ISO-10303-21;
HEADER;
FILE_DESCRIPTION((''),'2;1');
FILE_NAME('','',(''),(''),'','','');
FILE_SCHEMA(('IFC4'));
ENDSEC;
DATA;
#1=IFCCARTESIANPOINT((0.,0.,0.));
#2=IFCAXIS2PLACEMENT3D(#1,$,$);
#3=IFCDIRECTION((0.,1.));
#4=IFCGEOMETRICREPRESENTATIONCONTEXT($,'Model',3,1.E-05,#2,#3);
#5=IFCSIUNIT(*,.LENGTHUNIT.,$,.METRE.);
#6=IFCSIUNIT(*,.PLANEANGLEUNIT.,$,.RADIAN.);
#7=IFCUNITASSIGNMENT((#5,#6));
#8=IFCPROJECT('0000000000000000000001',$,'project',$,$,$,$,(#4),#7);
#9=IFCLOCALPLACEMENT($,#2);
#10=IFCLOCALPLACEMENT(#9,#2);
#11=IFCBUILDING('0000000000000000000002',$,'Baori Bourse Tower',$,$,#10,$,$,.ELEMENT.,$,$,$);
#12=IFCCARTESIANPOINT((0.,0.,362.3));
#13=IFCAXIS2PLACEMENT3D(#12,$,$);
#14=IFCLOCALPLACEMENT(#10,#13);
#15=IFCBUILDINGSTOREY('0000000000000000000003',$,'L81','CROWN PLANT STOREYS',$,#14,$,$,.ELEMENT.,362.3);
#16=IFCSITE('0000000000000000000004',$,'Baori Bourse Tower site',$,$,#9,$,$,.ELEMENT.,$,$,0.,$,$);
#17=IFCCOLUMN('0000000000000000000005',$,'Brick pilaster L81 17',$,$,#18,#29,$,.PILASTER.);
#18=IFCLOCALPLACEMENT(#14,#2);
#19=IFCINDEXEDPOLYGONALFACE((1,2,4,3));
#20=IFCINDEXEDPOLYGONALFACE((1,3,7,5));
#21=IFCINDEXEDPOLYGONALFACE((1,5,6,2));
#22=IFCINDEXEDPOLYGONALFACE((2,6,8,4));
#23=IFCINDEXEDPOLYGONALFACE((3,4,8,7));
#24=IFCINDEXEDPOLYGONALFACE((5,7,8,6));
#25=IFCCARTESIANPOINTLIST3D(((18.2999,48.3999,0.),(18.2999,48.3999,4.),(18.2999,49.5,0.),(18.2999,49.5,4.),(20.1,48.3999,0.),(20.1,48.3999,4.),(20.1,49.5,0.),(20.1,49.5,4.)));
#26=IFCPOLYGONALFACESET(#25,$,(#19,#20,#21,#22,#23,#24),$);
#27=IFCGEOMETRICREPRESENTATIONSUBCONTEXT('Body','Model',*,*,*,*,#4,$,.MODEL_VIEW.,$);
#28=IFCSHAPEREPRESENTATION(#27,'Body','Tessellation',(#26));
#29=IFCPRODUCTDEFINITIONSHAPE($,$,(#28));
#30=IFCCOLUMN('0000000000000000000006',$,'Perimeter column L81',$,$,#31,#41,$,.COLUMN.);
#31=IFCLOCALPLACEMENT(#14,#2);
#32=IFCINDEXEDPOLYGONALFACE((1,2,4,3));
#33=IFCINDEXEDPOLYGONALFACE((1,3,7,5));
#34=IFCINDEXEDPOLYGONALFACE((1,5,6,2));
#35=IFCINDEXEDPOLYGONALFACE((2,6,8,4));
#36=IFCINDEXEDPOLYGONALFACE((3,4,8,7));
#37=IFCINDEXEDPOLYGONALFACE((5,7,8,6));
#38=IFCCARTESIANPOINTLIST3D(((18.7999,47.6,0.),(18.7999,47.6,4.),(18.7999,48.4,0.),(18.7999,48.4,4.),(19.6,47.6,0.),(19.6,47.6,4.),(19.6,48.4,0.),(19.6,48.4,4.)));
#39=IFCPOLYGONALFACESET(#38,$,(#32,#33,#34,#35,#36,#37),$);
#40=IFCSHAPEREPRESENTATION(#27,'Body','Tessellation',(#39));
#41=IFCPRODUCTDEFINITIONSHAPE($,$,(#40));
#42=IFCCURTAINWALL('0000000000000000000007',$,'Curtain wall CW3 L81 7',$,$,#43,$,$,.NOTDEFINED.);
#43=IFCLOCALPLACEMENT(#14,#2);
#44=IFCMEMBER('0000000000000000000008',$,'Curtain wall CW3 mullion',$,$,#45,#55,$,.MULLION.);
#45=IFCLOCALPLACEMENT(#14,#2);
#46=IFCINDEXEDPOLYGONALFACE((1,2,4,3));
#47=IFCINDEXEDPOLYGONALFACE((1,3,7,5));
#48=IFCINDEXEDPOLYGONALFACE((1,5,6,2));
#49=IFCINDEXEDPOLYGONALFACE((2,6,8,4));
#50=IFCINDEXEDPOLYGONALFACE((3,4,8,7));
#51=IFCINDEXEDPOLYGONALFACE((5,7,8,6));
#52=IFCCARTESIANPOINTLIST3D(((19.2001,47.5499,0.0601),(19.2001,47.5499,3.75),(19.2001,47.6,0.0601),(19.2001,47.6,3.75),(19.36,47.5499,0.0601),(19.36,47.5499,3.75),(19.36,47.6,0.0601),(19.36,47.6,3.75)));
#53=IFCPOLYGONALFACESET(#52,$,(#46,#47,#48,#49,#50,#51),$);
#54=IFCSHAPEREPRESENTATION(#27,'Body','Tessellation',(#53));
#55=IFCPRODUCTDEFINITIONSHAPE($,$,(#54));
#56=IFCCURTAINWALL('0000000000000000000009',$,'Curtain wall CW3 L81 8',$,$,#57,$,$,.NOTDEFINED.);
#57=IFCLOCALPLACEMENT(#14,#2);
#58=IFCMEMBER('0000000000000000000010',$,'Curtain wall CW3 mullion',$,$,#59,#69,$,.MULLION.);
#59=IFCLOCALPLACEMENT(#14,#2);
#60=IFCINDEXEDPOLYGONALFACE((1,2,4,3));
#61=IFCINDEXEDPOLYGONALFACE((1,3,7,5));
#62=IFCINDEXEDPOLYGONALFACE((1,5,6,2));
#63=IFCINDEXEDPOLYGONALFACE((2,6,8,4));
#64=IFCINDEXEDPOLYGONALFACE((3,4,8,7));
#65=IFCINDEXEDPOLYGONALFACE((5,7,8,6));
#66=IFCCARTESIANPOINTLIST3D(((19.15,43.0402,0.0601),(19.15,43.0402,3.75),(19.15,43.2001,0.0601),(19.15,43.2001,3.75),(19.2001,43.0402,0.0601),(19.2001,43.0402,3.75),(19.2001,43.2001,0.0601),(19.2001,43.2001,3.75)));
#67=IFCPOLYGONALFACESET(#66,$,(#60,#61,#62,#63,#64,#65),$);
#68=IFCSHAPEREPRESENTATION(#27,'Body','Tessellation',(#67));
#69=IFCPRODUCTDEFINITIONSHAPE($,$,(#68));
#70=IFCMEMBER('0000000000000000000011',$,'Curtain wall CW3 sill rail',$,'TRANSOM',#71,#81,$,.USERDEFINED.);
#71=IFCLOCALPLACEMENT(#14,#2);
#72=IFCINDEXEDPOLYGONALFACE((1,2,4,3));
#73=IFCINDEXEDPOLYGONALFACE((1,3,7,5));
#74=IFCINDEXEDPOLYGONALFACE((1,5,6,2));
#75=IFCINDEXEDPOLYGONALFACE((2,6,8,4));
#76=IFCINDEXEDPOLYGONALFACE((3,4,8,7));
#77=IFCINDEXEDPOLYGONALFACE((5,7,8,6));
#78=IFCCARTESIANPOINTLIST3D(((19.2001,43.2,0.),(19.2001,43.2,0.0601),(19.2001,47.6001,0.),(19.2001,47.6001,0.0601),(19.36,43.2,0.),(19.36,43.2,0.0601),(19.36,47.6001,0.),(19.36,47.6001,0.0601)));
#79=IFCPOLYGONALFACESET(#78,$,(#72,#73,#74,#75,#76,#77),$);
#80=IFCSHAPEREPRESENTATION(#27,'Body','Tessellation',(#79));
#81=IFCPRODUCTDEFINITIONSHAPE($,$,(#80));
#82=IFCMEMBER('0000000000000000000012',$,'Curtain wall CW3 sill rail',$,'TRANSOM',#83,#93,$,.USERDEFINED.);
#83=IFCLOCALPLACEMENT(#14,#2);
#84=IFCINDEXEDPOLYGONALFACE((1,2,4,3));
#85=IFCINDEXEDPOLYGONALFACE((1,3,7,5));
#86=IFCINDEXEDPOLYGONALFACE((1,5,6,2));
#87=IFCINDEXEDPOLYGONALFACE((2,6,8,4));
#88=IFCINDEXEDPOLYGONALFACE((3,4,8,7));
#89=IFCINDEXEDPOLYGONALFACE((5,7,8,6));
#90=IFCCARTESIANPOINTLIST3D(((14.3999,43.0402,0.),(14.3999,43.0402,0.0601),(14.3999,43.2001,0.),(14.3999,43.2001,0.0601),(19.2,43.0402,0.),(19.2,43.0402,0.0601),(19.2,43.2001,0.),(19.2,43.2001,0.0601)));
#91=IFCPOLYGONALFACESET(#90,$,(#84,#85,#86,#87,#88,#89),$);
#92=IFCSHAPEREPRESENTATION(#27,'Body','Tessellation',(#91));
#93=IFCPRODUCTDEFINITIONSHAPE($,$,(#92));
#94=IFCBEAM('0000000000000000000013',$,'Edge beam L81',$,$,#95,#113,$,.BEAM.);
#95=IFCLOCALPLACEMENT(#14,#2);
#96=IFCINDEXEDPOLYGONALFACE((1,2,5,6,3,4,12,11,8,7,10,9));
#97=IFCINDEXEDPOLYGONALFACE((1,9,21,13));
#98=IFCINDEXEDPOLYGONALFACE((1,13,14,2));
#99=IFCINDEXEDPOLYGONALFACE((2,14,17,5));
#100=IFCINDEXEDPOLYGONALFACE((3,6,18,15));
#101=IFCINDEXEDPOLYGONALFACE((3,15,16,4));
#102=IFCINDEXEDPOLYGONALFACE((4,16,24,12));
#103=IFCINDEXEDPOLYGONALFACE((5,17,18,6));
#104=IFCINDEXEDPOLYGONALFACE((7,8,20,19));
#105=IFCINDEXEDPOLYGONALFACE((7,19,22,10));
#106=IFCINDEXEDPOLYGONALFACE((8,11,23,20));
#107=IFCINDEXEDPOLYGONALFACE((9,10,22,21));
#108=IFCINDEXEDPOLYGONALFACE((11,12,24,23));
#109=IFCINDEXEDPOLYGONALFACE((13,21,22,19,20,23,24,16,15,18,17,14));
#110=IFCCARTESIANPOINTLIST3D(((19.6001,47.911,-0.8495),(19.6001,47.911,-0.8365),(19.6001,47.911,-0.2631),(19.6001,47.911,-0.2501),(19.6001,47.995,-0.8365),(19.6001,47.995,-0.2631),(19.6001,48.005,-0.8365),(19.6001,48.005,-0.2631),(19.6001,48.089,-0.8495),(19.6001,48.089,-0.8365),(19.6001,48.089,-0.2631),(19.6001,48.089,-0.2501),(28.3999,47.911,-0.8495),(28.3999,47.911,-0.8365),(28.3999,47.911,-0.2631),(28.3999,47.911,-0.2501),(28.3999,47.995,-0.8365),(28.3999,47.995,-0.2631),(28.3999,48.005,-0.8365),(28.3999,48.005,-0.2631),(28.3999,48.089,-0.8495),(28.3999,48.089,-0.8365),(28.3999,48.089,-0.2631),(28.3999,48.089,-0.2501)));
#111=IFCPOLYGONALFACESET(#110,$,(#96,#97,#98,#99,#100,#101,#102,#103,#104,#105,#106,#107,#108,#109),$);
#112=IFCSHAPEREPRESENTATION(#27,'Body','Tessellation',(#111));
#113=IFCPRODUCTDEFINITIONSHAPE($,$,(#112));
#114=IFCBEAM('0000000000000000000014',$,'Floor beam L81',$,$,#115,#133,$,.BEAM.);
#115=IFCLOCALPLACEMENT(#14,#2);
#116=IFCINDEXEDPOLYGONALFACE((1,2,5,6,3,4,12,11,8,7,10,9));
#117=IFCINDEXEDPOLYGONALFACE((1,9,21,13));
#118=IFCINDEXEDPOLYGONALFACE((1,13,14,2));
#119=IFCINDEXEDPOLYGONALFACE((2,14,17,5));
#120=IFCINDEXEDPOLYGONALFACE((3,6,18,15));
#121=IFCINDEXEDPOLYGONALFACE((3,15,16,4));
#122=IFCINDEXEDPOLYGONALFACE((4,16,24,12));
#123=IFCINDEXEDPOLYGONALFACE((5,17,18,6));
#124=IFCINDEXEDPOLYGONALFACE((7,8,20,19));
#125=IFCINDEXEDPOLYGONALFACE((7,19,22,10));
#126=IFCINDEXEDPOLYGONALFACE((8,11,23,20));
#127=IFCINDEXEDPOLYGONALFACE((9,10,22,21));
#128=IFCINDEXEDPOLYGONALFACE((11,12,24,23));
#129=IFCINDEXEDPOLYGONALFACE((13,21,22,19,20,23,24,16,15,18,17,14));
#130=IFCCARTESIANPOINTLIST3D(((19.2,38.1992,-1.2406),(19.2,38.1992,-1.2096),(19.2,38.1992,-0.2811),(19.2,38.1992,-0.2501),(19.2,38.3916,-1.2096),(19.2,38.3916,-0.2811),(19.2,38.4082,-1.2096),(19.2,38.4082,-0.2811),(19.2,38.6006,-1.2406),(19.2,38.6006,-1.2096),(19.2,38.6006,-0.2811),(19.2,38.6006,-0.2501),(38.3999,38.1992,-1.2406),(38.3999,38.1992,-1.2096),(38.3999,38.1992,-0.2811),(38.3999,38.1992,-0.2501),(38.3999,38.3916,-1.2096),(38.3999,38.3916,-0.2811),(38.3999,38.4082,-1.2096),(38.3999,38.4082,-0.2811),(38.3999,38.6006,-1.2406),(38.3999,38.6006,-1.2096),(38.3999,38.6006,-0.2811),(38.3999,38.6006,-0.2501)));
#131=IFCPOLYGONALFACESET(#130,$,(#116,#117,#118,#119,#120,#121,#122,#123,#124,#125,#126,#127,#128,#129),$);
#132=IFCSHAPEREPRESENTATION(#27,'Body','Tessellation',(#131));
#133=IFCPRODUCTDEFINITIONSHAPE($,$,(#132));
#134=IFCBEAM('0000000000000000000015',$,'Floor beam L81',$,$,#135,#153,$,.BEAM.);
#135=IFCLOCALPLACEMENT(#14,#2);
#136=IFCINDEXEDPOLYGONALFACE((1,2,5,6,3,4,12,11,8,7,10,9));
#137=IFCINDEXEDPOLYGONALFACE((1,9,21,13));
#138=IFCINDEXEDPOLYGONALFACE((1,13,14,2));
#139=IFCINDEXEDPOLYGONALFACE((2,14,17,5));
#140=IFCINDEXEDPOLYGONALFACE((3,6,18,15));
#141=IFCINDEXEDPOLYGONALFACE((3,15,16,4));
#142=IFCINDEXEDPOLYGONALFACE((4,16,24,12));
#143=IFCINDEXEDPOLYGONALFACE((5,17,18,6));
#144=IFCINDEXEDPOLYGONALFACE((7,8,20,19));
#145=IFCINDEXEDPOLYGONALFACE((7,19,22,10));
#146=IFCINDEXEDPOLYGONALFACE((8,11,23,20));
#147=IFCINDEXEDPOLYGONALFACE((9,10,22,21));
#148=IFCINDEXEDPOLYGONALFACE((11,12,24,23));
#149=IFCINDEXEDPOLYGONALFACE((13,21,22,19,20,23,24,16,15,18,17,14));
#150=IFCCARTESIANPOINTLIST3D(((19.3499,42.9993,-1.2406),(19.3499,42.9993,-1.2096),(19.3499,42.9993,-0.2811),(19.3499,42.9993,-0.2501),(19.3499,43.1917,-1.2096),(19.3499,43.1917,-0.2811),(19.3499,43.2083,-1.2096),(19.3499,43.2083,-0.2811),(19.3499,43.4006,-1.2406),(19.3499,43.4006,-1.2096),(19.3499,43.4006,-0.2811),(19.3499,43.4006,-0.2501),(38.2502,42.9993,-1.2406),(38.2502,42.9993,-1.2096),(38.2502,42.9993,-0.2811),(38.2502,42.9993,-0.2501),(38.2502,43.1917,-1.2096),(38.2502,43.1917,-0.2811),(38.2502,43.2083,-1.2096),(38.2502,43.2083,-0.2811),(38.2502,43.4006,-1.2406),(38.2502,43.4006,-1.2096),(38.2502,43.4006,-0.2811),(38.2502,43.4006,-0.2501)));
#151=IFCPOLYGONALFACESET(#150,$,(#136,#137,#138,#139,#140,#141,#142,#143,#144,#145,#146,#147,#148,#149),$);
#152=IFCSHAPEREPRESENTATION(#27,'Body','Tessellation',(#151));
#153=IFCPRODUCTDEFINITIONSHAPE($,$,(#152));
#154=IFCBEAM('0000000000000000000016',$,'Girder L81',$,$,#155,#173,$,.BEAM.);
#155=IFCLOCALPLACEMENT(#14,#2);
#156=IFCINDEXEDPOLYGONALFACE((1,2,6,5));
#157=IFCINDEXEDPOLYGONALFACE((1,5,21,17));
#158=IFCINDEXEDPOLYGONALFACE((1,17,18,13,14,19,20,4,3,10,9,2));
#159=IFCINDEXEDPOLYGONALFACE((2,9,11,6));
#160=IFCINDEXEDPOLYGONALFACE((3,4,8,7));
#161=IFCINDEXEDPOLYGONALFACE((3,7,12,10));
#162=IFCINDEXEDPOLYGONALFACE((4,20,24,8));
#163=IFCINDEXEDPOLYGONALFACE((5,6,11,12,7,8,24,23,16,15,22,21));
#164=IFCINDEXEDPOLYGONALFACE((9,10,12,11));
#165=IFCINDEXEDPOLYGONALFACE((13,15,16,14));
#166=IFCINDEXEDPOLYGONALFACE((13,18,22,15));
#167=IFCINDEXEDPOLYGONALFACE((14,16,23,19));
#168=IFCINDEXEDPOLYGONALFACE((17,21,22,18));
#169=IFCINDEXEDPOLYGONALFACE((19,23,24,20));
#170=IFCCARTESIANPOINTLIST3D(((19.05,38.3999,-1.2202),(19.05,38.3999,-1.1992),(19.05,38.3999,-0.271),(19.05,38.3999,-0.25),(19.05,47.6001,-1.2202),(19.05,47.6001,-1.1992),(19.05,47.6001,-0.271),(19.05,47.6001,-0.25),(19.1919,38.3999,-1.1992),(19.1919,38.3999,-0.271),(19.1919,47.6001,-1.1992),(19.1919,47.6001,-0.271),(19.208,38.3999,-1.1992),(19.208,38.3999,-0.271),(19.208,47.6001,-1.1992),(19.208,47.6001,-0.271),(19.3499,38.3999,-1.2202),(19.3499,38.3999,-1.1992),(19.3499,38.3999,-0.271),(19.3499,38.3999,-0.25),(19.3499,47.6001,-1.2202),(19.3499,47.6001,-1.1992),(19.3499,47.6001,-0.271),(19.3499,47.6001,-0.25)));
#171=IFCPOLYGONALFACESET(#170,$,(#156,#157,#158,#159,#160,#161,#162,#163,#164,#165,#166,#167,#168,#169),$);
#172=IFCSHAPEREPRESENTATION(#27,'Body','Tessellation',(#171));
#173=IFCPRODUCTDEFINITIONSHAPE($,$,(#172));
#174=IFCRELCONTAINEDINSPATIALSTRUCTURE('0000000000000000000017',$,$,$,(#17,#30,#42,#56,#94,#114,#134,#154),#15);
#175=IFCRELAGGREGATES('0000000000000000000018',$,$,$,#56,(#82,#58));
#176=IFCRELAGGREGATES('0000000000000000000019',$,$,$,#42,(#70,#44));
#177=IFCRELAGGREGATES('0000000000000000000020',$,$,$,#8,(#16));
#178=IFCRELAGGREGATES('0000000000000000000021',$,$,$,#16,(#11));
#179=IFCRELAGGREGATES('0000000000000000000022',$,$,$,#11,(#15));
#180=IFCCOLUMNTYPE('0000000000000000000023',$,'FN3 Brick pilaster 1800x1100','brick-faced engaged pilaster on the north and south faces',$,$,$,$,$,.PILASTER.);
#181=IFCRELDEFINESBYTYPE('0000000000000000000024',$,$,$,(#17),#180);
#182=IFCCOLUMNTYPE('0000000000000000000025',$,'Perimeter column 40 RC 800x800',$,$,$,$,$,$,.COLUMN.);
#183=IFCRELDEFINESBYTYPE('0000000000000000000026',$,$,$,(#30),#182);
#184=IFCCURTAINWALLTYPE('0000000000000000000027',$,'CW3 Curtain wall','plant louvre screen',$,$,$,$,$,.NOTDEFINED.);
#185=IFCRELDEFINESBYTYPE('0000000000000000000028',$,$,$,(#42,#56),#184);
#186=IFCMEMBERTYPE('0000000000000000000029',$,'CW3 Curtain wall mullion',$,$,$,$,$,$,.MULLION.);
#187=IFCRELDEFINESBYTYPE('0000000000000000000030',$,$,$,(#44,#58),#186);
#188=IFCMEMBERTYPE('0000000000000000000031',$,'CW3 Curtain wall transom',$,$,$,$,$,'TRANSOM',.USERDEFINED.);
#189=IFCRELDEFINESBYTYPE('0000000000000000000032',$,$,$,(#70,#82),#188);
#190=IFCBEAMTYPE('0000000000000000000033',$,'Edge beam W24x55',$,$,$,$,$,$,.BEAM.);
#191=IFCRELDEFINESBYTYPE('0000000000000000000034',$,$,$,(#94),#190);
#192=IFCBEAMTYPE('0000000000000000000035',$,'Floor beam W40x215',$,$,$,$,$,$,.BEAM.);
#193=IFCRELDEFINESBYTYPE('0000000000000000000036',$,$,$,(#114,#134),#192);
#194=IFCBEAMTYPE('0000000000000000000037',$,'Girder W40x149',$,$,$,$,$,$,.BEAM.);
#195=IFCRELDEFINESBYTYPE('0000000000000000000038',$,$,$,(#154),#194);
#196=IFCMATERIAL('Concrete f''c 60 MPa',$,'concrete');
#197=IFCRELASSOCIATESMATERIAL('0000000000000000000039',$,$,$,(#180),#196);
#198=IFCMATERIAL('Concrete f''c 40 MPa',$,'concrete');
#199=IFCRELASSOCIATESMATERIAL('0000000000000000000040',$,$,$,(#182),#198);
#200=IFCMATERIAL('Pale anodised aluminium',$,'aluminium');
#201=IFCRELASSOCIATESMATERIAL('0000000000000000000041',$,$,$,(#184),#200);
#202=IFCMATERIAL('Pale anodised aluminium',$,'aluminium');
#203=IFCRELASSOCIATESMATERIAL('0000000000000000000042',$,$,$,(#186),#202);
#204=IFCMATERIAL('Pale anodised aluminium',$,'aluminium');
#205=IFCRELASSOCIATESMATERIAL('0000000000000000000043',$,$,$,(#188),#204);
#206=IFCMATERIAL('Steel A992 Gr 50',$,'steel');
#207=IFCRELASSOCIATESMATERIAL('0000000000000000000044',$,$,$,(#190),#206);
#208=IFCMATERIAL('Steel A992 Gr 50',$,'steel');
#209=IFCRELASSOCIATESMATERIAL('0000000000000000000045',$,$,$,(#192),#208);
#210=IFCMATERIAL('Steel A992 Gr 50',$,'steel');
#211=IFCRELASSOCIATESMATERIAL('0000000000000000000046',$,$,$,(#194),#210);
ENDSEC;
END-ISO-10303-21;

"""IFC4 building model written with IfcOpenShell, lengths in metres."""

from ifc_helpers import new_model, si_unit, direction, frame, origin, origin_2d, place, context, subcontext, project, spatial, rectangle, i_section, extrude, material, material_profile, profile_set, type_object, element, aggregate, save


model = new_model("IFC4")

# Units and contexts
model_context = context("Model", 3, precision=1e-05, world=origin(), true_north=direction((0.0, 1.0)))
body_context = subcontext(model_context, "Body", "Model", "MODEL_VIEW")
ifc_project = project(units=[si_unit("LENGTHUNIT", "METRE"), si_unit("PLANEANGLEUNIT", "RADIAN")], contexts=[model_context])

# Site, building, storey
site_placement = place(None, origin())
site = spatial("IfcSite", under=ifc_project, at=site_placement, Name="Baori Bourse Tower site", CompositionType="ELEMENT", RefElevation=0.0)
building_placement = place(site_placement, origin())
building = spatial("IfcBuilding", under=site, at=building_placement, Name="Baori Bourse Tower", CompositionType="ELEMENT")
storey_placement = place(building_placement, frame((0.0, 0.0, 362.3)))
storey = spatial("IfcBuildingStorey", under=building, at=storey_placement, Name="L81", Description="CROWN PLANT STOREYS", CompositionType="ELEMENT", Elevation=362.3)

# Columns
ifc_material_1 = material(Name="Concrete f'c 60 MPa", Category="concrete")
ifc_material_profile_1 = material_profile(ifc_material_1, rectangle(XDim=1.8, YDim=1.1001, at=origin_2d()), Name="RC 1800x1100")
ifc_profile_set_1 = profile_set([ifc_material_profile_1], Name="Concrete f'c 60 MPa")
column_type_1 = type_object("IfcColumnType", Name="FN3 Brick pilaster 1800x1100", Description="brick-faced engaged pilaster on the north and south faces", PredefinedType="PILASTER", material=ifc_profile_set_1)
column_1_placement = place(storey_placement, frame((19.2, 48.95, 0.0), z_axis=(0.0, 0.0, 1.0), x_axis=(1.0, 0.0, 0.0)))
element("IfcColumn", 1, at=column_1_placement, inside=storey, type_object=column_type_1, Name="Brick pilaster L81 17", PredefinedType="PILASTER", context=body_context, shape_type="SweptSolid", body=[
    extrude(rectangle(XDim=1.8, YDim=1.1001, at=origin_2d()), origin(), (0.0, 0.0, 1.0), 4.0),
])
ifc_material_2 = material(Name="Concrete f'c 40 MPa", Category="concrete")
ifc_material_profile_2 = material_profile(ifc_material_2, rectangle(XDim=0.8, YDim=0.8, at=origin_2d()), Name="RC 800x800")
ifc_profile_set_2 = profile_set([ifc_material_profile_2], Name="Concrete f'c 40 MPa")
column_type_2 = type_object("IfcColumnType", Name="Perimeter column 40 RC 800x800", PredefinedType="COLUMN", material=ifc_profile_set_2)
column_2_placement = place(storey_placement, frame((19.2, 48.0, 0.0), z_axis=(0.0, 0.0, 1.0), x_axis=(1.0, 0.0, 0.0)))
element("IfcColumn", 2, at=column_2_placement, inside=storey, type_object=column_type_2, Name="Perimeter column L81", PredefinedType="COLUMN", context=body_context, shape_type="SweptSolid", body=[
    extrude(rectangle(XDim=0.8, YDim=0.8, at=origin_2d()), origin(), (0.0, 0.0, 1.0), 4.0),
])

# Curtain walls, members
ifc_material_3 = material(Name="Pale anodised aluminium", Category="aluminium")
curtain_wall_type = type_object("IfcCurtainWallType", Name="CW3 Curtain wall", Description="plant louvre screen", PredefinedType="NOTDEFINED", material=ifc_material_3)
curtain_wall_1_placement = place(storey_placement, origin())
curtain_wall_1 = element("IfcCurtainWall", 3, at=curtain_wall_1_placement, inside=storey, type_object=curtain_wall_type, Name="Curtain wall CW3 L81 7", PredefinedType="NOTDEFINED")
ifc_material_4 = material(Name="Pale anodised aluminium", Category="aluminium")
ifc_material_profile_3 = material_profile(ifc_material_4, rectangle(XDim=0.1599, YDim=0.05, at=origin_2d()), Name="Mullion 50x160")
ifc_profile_set_3 = profile_set([ifc_material_profile_3], Name="Pale anodised aluminium")
member_type_1 = type_object("IfcMemberType", Name="CW3 Curtain wall mullion", PredefinedType="MULLION", material=ifc_profile_set_3)
member_1_placement = place(storey_placement, frame((19.28, 47.575, 0.0601), z_axis=(0.0, 0.0, 1.0), x_axis=(1.0, 0.0, 0.0)))
member_1 = element("IfcMember", 4, at=member_1_placement, type_object=member_type_1, Name="Curtain wall CW3 mullion", PredefinedType="MULLION", context=body_context, shape_type="SweptSolid", body=[
    extrude(rectangle(XDim=0.1599, YDim=0.05, at=origin_2d()), origin(), (0.0, 0.0, 1.0), 3.6899),
])
curtain_wall_2_placement = place(storey_placement, origin())
curtain_wall_2 = element("IfcCurtainWall", 5, at=curtain_wall_2_placement, inside=storey, type_object=curtain_wall_type, Name="Curtain wall CW3 L81 8", PredefinedType="NOTDEFINED")
member_2_placement = place(storey_placement, frame((19.175, 43.1201, 0.0601), z_axis=(0.0, 0.0, 1.0), x_axis=(0.0, -1.0, 0.0)))
member_2 = element("IfcMember", 6, at=member_2_placement, type_object=member_type_1, Name="Curtain wall CW3 mullion", PredefinedType="MULLION", context=body_context, shape_type="SweptSolid", body=[
    extrude(rectangle(XDim=0.1599, YDim=0.05, at=origin_2d()), origin(), (0.0, 0.0, 1.0), 3.6899),
])

# Members
ifc_material_5 = material(Name="Pale anodised aluminium", Category="aluminium")
ifc_material_profile_4 = material_profile(ifc_material_5, rectangle(XDim=0.1599, YDim=0.0601, at=origin_2d()), Name="Transom 60x160")
ifc_profile_set_4 = profile_set([ifc_material_profile_4], Name="Pale anodised aluminium")
member_type_2 = type_object("IfcMemberType", Name="CW3 Curtain wall transom", ElementType="TRANSOM", PredefinedType="USERDEFINED", material=ifc_profile_set_4)
member_3_placement = place(storey_placement, frame((19.28, 47.6001, 0.03), z_axis=(0.0, -1.0, 0.0), x_axis=(1.0, 0.0, 0.0)))
member_3 = element("IfcMember", 7, at=member_3_placement, type_object=member_type_2, Name="Curtain wall CW3 sill rail", ObjectType="TRANSOM", PredefinedType="USERDEFINED", context=body_context, shape_type="SweptSolid", body=[
    extrude(rectangle(XDim=0.1599, YDim=0.0601, at=origin_2d()), origin(), (0.0, 0.0, 1.0), 4.4001),
])
member_4_placement = place(storey_placement, frame((19.2, 43.1201, 0.03), z_axis=(-1.0, 0.0, 0.0), x_axis=(0.0, -1.0, 0.0)))
member_4 = element("IfcMember", 8, at=member_4_placement, type_object=member_type_2, Name="Curtain wall CW3 sill rail", ObjectType="TRANSOM", PredefinedType="USERDEFINED", context=body_context, shape_type="SweptSolid", body=[
    extrude(rectangle(XDim=0.1599, YDim=0.0601, at=origin_2d()), origin(), (0.0, 0.0, 1.0), 4.8),
])
aggregate(curtain_wall_2, [member_4, member_2])

# Beams
ifc_material_6 = material(Name="Steel A992 Gr 50", Category="steel")
ifc_material_profile_5 = material_profile(ifc_material_6, i_section(OverallWidth=0.178, OverallDepth=0.5994, WebThickness=0.01, FlangeThickness=0.0129, at=origin_2d()), Name="W24x55")
ifc_profile_set_5 = profile_set([ifc_material_profile_5], Name="Steel A992 Gr 50")
beam_type_1 = type_object("IfcBeamType", Name="Edge beam W24x55", PredefinedType="BEAM", material=ifc_profile_set_5)
beam_1_placement = place(storey_placement, frame((19.6001, 48.0, -0.5498), z_axis=(1.0, 0.0, 0.0), x_axis=(0.0, 1.0, 0.0)))
element("IfcBeam", 9, at=beam_1_placement, inside=storey, type_object=beam_type_1, Name="Edge beam L81", PredefinedType="BEAM", context=body_context, shape_type="SweptSolid", body=[
    extrude(i_section(OverallWidth=0.178, OverallDepth=0.5994, WebThickness=0.01, FlangeThickness=0.0129, at=origin_2d()), origin(), (0.0, 0.0, 1.0), 8.7998),
])
ifc_material_7 = material(Name="Steel A992 Gr 50", Category="steel")
ifc_material_profile_6 = material_profile(ifc_material_7, i_section(OverallWidth=0.4014, OverallDepth=0.9905, WebThickness=0.0166, FlangeThickness=0.031, at=origin_2d()), Name="W40x215")
ifc_profile_set_6 = profile_set([ifc_material_profile_6], Name="Steel A992 Gr 50")
beam_type_2 = type_object("IfcBeamType", Name="Floor beam W40x215", PredefinedType="BEAM", material=ifc_profile_set_6)
beam_2_placement = place(storey_placement, frame((19.2, 38.3999, -0.7454), z_axis=(1.0, 0.0, 0.0), x_axis=(0.0, 1.0, 0.0)))
element("IfcBeam", 10, at=beam_2_placement, inside=storey, type_object=beam_type_2, Name="Floor beam L81", PredefinedType="BEAM", context=body_context, shape_type="SweptSolid", body=[
    extrude(i_section(OverallWidth=0.4014, OverallDepth=0.9905, WebThickness=0.0166, FlangeThickness=0.031, at=origin_2d()), origin(), (0.0, 0.0, 1.0), 19.2),
])
beam_3_placement = place(storey_placement, frame((19.3499, 43.2, -0.7454), z_axis=(1.0, 0.0, 0.0), x_axis=(0.0, 1.0, 0.0)))
element("IfcBeam", 11, at=beam_3_placement, inside=storey, type_object=beam_type_2, Name="Floor beam L81", PredefinedType="BEAM", context=body_context, shape_type="SweptSolid", body=[
    extrude(i_section(OverallWidth=0.4014, OverallDepth=0.9905, WebThickness=0.0166, FlangeThickness=0.031, at=origin_2d()), origin(), (0.0, 0.0, 1.0), 18.9004),
])
ifc_material_8 = material(Name="Steel A992 Gr 50", Category="steel")
ifc_material_profile_7 = material_profile(ifc_material_8, i_section(OverallWidth=0.2998, OverallDepth=0.9702, WebThickness=0.0161, FlangeThickness=0.021, at=origin_2d()), Name="W40x149")
ifc_profile_set_7 = profile_set([ifc_material_profile_7], Name="Steel A992 Gr 50")
beam_type_3 = type_object("IfcBeamType", Name="Girder W40x149", PredefinedType="BEAM", material=ifc_profile_set_7)
beam_4_placement = place(storey_placement, frame((19.2, 38.3999, -0.7351), z_axis=(0.0, 1.0, 0.0), x_axis=(-1.0, 0.0, 0.0)))
element("IfcBeam", 12, at=beam_4_placement, inside=storey, type_object=beam_type_3, Name="Girder L81", PredefinedType="BEAM", context=body_context, shape_type="SweptSolid", body=[
    extrude(i_section(OverallWidth=0.2998, OverallDepth=0.9702, WebThickness=0.0161, FlangeThickness=0.021, at=origin_2d()), origin(), (0.0, 0.0, 1.0), 9.2002),
])

aggregate(curtain_wall_1, [member_3, member_1])

save(model, "model.ifc")
